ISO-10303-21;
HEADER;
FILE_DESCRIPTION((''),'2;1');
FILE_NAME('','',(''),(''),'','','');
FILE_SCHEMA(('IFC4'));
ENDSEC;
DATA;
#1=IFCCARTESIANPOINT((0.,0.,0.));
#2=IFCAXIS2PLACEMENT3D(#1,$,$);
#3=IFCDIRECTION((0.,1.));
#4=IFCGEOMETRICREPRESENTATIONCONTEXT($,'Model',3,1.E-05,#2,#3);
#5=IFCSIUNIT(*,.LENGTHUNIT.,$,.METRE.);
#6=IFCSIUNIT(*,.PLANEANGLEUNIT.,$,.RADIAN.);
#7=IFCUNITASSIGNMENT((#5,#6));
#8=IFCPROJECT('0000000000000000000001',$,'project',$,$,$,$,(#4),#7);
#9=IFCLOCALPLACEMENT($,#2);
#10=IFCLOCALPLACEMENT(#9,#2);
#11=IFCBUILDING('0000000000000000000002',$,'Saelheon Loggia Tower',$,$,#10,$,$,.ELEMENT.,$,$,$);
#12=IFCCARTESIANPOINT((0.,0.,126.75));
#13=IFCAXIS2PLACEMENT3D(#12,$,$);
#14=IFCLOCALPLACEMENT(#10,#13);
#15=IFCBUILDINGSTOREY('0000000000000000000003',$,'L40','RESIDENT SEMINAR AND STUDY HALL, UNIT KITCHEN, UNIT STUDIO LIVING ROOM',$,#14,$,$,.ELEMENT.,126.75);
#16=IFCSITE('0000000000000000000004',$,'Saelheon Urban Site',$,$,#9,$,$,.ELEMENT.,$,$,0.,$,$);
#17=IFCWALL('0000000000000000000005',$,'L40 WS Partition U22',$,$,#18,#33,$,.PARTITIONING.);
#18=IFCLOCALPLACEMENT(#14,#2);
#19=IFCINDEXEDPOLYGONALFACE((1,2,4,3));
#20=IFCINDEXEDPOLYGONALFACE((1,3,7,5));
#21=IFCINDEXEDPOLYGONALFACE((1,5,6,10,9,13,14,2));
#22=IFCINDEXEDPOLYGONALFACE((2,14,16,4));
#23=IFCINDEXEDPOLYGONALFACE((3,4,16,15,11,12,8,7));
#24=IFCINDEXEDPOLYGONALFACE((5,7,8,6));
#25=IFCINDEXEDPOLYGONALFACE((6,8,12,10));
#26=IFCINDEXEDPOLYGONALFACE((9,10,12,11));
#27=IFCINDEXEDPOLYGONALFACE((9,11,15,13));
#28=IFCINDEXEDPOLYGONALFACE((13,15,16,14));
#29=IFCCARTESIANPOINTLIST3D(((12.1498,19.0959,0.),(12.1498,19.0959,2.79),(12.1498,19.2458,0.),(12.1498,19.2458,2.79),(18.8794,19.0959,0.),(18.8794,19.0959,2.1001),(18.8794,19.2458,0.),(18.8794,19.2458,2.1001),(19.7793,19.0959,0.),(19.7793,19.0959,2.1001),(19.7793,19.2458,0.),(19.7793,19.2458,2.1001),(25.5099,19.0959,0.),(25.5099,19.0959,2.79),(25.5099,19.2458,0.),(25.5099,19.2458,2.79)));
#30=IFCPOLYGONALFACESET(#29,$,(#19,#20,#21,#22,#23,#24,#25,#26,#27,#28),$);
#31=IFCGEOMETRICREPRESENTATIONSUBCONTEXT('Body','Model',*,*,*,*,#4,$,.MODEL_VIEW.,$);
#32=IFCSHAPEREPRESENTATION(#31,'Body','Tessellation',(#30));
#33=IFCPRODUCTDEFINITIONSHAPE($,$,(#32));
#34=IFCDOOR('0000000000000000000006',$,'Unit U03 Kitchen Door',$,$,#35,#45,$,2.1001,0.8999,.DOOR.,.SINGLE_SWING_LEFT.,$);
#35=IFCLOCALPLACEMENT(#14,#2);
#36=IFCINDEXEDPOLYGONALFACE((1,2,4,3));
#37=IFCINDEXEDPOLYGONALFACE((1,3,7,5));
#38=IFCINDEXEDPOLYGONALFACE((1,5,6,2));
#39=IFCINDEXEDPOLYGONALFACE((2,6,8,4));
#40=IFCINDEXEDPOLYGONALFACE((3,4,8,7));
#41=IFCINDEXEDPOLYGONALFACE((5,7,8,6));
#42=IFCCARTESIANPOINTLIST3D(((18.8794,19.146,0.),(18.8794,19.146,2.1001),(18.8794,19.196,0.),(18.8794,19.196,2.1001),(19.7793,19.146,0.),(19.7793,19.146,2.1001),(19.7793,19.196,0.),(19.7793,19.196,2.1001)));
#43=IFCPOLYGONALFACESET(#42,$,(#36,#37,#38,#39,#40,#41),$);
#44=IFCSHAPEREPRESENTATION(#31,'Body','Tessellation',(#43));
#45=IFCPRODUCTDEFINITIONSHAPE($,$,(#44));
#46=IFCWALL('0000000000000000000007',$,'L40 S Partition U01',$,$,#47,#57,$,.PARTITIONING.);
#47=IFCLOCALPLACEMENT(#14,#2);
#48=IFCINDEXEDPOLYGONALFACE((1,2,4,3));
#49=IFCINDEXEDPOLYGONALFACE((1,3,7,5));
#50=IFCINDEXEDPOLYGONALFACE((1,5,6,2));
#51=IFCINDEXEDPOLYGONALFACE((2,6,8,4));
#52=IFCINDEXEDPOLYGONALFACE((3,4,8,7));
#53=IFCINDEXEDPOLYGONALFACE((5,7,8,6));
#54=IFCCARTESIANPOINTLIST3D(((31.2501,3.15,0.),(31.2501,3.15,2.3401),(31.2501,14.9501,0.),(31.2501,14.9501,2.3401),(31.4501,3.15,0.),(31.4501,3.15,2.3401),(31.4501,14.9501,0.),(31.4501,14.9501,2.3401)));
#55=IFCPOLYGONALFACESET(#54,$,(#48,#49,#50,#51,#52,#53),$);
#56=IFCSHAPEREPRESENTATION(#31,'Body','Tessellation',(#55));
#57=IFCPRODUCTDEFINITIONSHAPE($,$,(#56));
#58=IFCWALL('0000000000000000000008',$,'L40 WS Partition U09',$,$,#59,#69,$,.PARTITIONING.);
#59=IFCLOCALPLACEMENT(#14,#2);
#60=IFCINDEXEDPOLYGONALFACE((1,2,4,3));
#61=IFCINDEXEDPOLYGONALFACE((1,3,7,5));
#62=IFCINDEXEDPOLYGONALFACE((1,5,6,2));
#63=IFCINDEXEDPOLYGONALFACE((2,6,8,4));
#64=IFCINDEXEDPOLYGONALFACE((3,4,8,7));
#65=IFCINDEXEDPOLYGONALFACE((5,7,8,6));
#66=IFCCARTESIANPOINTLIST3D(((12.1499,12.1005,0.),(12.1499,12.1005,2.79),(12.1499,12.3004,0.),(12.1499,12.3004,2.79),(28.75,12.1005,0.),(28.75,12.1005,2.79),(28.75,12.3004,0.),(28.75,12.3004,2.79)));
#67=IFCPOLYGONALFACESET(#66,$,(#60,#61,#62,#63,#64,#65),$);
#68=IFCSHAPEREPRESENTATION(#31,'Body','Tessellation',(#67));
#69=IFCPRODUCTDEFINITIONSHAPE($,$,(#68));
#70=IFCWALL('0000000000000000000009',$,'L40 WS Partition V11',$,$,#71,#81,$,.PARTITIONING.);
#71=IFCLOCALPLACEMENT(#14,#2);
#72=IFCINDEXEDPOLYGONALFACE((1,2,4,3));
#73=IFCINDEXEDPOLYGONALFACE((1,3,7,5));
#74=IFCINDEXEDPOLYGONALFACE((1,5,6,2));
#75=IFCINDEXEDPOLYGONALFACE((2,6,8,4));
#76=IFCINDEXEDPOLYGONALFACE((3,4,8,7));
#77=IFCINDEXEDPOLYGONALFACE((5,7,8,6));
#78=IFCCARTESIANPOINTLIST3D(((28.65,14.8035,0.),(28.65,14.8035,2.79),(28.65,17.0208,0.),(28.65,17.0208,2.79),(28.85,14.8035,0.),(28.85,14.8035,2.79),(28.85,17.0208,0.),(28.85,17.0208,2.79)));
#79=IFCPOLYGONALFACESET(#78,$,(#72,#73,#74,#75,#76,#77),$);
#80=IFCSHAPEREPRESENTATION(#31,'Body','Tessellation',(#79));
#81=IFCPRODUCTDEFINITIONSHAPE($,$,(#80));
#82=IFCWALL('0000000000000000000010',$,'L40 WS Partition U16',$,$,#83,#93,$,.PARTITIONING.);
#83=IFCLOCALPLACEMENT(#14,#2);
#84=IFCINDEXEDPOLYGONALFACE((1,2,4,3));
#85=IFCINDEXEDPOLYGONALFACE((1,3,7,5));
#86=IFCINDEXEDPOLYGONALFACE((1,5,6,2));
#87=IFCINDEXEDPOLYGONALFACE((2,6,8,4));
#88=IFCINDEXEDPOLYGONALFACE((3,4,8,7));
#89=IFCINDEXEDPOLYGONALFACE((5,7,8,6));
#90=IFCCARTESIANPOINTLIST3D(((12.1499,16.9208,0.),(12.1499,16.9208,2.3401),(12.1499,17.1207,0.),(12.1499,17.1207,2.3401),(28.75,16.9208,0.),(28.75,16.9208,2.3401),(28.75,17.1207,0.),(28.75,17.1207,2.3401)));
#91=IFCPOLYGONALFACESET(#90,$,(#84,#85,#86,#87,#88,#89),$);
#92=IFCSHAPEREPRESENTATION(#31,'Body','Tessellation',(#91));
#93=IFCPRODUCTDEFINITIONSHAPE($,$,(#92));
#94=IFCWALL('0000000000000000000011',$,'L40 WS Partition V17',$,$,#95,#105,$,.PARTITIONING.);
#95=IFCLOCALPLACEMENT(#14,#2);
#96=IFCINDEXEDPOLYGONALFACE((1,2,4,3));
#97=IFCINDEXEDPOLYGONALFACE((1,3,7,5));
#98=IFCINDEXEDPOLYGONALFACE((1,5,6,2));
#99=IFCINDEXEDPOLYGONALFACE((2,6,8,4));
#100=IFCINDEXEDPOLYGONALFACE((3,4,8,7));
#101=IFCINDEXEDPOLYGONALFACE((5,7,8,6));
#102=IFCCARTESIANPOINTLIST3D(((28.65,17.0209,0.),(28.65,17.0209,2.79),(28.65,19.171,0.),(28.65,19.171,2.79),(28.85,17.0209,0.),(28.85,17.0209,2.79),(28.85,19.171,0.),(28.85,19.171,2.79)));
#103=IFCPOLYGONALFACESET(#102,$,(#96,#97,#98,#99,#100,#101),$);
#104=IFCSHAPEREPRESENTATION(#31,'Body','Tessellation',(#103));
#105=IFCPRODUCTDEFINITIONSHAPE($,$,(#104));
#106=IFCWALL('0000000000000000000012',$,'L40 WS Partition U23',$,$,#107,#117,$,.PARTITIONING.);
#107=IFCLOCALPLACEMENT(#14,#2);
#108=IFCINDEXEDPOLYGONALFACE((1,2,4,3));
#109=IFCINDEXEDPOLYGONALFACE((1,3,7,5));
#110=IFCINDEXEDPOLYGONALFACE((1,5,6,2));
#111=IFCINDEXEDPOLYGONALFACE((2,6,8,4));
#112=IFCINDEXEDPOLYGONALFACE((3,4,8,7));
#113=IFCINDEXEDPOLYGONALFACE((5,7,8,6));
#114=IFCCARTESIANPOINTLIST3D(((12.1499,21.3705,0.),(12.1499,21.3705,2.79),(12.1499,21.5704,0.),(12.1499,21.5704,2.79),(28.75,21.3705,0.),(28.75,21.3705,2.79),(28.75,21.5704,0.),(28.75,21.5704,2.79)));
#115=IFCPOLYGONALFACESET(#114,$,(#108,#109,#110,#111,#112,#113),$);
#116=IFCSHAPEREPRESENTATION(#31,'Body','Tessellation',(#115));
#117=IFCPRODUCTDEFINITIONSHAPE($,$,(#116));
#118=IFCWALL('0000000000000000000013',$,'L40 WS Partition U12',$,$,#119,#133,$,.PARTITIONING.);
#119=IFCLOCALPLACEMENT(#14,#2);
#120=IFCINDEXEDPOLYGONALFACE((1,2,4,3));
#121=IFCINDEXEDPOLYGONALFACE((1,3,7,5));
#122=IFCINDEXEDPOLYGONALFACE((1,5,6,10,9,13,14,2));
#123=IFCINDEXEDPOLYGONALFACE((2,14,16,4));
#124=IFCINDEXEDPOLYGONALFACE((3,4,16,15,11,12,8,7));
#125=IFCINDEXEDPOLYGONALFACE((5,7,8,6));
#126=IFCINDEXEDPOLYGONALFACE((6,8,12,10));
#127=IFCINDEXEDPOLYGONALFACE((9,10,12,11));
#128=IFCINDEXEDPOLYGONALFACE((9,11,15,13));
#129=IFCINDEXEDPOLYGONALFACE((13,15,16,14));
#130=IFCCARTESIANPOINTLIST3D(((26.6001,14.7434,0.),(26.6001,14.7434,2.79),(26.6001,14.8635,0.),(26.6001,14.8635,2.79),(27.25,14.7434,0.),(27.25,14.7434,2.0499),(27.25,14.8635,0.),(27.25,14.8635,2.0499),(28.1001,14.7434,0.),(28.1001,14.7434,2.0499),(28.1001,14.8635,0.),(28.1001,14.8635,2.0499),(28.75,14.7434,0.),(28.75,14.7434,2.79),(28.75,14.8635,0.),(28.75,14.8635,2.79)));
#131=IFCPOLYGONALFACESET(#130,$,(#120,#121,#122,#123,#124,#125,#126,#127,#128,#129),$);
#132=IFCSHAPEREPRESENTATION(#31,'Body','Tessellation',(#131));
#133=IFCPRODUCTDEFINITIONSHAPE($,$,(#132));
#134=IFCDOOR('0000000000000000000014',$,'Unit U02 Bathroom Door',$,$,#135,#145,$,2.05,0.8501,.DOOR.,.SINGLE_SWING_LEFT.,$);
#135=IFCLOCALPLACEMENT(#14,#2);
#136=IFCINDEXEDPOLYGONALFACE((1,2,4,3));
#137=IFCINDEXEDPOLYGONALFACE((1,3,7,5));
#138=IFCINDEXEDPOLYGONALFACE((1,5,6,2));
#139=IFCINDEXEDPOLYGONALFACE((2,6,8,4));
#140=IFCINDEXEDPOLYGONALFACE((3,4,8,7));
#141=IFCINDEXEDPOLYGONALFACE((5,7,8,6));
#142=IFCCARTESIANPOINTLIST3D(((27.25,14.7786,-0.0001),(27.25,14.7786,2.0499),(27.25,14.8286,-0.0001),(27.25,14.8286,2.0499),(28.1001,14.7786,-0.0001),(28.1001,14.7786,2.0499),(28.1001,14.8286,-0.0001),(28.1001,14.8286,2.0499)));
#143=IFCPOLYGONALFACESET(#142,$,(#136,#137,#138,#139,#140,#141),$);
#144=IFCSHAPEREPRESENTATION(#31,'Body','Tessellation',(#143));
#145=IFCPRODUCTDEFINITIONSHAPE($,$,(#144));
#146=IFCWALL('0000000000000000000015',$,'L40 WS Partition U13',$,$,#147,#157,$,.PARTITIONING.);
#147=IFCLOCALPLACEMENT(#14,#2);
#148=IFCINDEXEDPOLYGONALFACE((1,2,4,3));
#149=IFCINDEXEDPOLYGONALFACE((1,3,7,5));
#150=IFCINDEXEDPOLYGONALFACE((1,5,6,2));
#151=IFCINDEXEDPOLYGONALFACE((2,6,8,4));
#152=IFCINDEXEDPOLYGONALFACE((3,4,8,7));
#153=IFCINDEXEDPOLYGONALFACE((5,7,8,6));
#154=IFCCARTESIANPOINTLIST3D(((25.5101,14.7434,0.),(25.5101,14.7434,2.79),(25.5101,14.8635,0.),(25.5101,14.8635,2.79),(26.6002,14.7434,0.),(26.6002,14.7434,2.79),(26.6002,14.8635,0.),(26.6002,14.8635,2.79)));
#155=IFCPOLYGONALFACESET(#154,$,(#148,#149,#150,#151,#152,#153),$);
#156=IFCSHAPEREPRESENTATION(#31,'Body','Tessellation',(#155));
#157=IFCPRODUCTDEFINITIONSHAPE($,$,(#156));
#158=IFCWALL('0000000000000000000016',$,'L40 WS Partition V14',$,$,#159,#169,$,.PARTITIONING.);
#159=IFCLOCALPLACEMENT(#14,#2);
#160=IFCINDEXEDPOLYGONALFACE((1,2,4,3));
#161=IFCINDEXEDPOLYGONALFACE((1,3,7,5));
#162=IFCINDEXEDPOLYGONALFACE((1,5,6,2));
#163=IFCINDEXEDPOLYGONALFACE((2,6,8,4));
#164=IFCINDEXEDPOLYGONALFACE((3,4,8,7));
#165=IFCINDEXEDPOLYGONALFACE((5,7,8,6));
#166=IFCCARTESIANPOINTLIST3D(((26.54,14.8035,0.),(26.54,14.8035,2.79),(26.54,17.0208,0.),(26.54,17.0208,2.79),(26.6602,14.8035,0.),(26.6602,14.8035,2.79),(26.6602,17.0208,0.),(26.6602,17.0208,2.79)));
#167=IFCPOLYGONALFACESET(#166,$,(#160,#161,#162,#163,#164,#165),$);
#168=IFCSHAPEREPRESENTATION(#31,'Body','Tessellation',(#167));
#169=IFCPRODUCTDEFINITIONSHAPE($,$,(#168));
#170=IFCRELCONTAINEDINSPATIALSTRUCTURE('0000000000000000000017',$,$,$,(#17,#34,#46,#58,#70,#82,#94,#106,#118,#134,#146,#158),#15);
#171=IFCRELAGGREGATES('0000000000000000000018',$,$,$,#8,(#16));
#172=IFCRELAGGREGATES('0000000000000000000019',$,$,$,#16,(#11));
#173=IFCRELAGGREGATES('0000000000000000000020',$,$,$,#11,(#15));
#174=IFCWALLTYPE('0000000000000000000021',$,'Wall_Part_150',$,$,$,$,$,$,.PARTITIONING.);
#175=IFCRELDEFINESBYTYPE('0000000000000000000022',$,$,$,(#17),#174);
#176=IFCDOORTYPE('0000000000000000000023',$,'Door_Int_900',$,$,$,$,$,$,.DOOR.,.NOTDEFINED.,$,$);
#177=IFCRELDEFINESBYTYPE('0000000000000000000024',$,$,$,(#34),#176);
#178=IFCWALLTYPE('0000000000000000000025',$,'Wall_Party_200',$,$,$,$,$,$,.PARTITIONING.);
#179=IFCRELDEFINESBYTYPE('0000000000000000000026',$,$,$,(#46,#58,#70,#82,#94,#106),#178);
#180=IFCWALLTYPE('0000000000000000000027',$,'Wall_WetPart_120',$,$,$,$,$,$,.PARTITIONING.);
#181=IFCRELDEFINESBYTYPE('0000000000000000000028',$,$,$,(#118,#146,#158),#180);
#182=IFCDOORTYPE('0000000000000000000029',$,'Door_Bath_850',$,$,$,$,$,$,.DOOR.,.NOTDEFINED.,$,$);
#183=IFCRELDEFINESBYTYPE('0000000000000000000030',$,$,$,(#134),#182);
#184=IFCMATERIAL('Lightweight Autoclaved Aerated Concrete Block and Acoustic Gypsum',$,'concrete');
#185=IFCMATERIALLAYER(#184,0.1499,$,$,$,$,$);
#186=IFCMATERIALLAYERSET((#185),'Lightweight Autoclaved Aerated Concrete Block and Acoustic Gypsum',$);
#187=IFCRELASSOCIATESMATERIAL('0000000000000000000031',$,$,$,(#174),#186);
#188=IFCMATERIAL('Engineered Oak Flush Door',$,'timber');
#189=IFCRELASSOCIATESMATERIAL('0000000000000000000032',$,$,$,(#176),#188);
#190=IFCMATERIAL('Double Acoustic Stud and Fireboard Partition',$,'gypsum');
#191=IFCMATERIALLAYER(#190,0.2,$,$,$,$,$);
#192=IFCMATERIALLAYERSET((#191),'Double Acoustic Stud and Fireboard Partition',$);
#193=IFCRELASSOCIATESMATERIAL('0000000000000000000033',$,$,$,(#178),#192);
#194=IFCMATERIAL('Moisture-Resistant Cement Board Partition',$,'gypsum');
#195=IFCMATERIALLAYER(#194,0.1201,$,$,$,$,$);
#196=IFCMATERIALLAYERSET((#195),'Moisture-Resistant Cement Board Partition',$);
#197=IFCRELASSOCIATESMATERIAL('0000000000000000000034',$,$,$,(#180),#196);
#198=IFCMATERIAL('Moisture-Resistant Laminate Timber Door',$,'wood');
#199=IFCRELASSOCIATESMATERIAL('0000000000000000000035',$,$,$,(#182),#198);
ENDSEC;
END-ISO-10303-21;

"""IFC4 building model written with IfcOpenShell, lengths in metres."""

from ifc_helpers import new_model, si_unit, direction, frame, frame_2d, origin, place, context, subcontext, project, spatial, rectangle, extrude, source, transform, mapped, material, layer, layer_set, type_object, element, fill, save


model = new_model("IFC4")

# Units and contexts
model_context = context("Model", 3, precision=1e-05, world=origin(), true_north=direction((0.0, 1.0)))
body_context = subcontext(model_context, "Body", "Model", "MODEL_VIEW")
ifc_project = project(units=[si_unit("LENGTHUNIT", "METRE"), si_unit("PLANEANGLEUNIT", "RADIAN")], contexts=[model_context])

# Site, building, storey
site_placement = place(None, origin())
site = spatial("IfcSite", under=ifc_project, at=site_placement, Name="Saelheon Urban Site", CompositionType="ELEMENT", RefElevation=0.0)
building_placement = place(site_placement, origin())
building = spatial("IfcBuilding", under=site, at=building_placement, Name="Saelheon Loggia Tower", CompositionType="ELEMENT")
storey_placement = place(building_placement, frame((0.0, 0.0, 126.75)))
storey = spatial("IfcBuildingStorey", under=building, at=storey_placement, Name="L40", Description="RESIDENT SEMINAR AND STUDY HALL, UNIT KITCHEN, UNIT STUDIO LIVING ROOM", CompositionType="ELEMENT", Elevation=126.75)

# Wall, opening, door
ifc_material_1 = material(Name="Lightweight Autoclaved Aerated Concrete Block and Acoustic Gypsum", Category="concrete")
ifc_layer_1 = layer(ifc_material_1, 0.1499)
ifc_layer_set_1 = layer_set([ifc_layer_1], Name="Lightweight Autoclaved Aerated Concrete Block and Acoustic Gypsum")
wall_type_1 = type_object("IfcWallType", Name="Wall_Part_150", PredefinedType="PARTITIONING", material=ifc_layer_set_1)
ifc_material_2 = material(Name="Engineered Oak Flush Door", Category="timber")
door_type_1 = type_object("IfcDoorType", Name="Door_Int_900", OperationType="NOTDEFINED", PredefinedType="DOOR", material=ifc_material_2)
shared_shape_1 = source(origin(), body_context, "Body", "SweptSolid", [
    extrude(rectangle(XDim=0.8999, YDim=2.1001, at=frame_2d((0.45, 1.05))), frame((0.0, 0.0249, 0.0), z_axis=(0.0, -1.0, 0.0), x_axis=(1.0, 0.0, 0.0)), (0.0, 0.0, 1.0), 0.05),
])
wall_1_placement = place(storey_placement, frame((25.51, 19.1709, 0.0), z_axis=(0.0, 0.0, 1.0), x_axis=(-1.0, 0.0, 0.0)))
wall_1 = element("IfcWall", 1, at=wall_1_placement, inside=storey, type_object=wall_type_1, Name="L40 WS Partition U22", PredefinedType="PARTITIONING", context=body_context, shape_type="SweptSolid", body=[
    extrude(rectangle(XDim=13.3601, YDim=0.1499, at=frame_2d((6.6802, 0.0))), origin(), (0.0, 0.0, 1.0), 2.79),
])
opening_1_placement = place(wall_1_placement, frame((5.7307, 0.0, 0.0)))
opening_1 = element("IfcOpeningElement", 2, at=opening_1_placement, cuts=wall_1, PredefinedType="OPENING", context=body_context, shape_type="SweptSolid", body=[
    extrude(rectangle(XDim=0.8999, YDim=2.1001, at=frame_2d((0.45, 1.05))), frame((0.0, 0.0869, 0.0), z_axis=(0.0, -1.0, 0.0), x_axis=(1.0, 0.0, 0.0)), (0.0, 0.0, 1.0), 0.1738),
])
door_1_placement = place(opening_1_placement, origin())
door_1 = element("IfcDoor", 3, at=door_1_placement, inside=storey, type_object=door_type_1, Name="Unit U03 Kitchen Door", OperationType="SINGLE_SWING_LEFT", OverallHeight=2.1001, OverallWidth=0.8999, PredefinedType="DOOR", context=body_context, shape_type="MappedRepresentation", body=[
    mapped(shared_shape_1, transform((0.0, 0.0, 0.0), scale=1.0)),
])
fill(opening_1, door_1)

# Walls
ifc_material_3 = material(Name="Double Acoustic Stud and Fireboard Partition", Category="gypsum")
ifc_layer_2 = layer(ifc_material_3, 0.2)
ifc_layer_set_2 = layer_set([ifc_layer_2], Name="Double Acoustic Stud and Fireboard Partition")
wall_type_2 = type_object("IfcWallType", Name="Wall_Party_200", PredefinedType="PARTITIONING", material=ifc_layer_set_2)
wall_2_placement = place(storey_placement, frame((31.3501, 14.95, 0.0), z_axis=(0.0, 0.0, 1.0), x_axis=(0.0, -1.0, 0.0)))
element("IfcWall", 4, at=wall_2_placement, inside=storey, type_object=wall_type_2, Name="L40 S Partition U01", PredefinedType="PARTITIONING", context=body_context, shape_type="SweptSolid", body=[
    extrude(rectangle(XDim=11.8, YDim=0.2, at=frame_2d((5.8999, 0.0))), origin(), (0.0, 0.0, 1.0), 2.3401),
])
wall_3_placement = place(storey_placement, frame((28.75, 12.2004, 0.0), z_axis=(0.0, 0.0, 1.0), x_axis=(-1.0, 0.0, 0.0)))
element("IfcWall", 5, at=wall_3_placement, inside=storey, type_object=wall_type_2, Name="L40 WS Partition U09", PredefinedType="PARTITIONING", context=body_context, shape_type="SweptSolid", body=[
    extrude(rectangle(XDim=16.6001, YDim=0.2, at=frame_2d((8.3, 0.0))), origin(), (0.0, 0.0, 1.0), 2.79),
])

# Walls
wall_4_placement = place(storey_placement, frame((28.75, 14.8035, 0.0), z_axis=(0.0, 0.0, 1.0), x_axis=(0.0, 1.0, 0.0)))
element("IfcWall", 6, at=wall_4_placement, inside=storey, type_object=wall_type_2, Name="L40 WS Partition V11", PredefinedType="PARTITIONING", context=body_context, shape_type="SweptSolid", body=[
    extrude(rectangle(XDim=2.2173, YDim=0.2, at=frame_2d((1.1086, 0.0))), origin(), (0.0, 0.0, 1.0), 2.79),
])
wall_5_placement = place(storey_placement, frame((28.75, 17.0208, 0.0), z_axis=(0.0, 0.0, 1.0), x_axis=(-1.0, 0.0, 0.0)))
element("IfcWall", 7, at=wall_5_placement, inside=storey, type_object=wall_type_2, Name="L40 WS Partition U16", PredefinedType="PARTITIONING", context=body_context, shape_type="SweptSolid", body=[
    extrude(rectangle(XDim=16.6001, YDim=0.2, at=frame_2d((8.3, 0.0))), origin(), (0.0, 0.0, 1.0), 2.3401),
])
wall_6_placement = place(storey_placement, frame((28.75, 17.0208, 0.0), z_axis=(0.0, 0.0, 1.0), x_axis=(0.0, 1.0, 0.0)))
element("IfcWall", 8, at=wall_6_placement, inside=storey, type_object=wall_type_2, Name="L40 WS Partition V17", PredefinedType="PARTITIONING", context=body_context, shape_type="SweptSolid", body=[
    extrude(rectangle(XDim=2.1501, YDim=0.2, at=frame_2d((1.0752, 0.0))), origin(), (0.0, 0.0, 1.0), 2.79),
])

# Wall
wall_7_placement = place(storey_placement, frame((28.75, 21.4705, 0.0), z_axis=(0.0, 0.0, 1.0), x_axis=(-1.0, 0.0, 0.0)))
element("IfcWall", 9, at=wall_7_placement, inside=storey, type_object=wall_type_2, Name="L40 WS Partition U23", PredefinedType="PARTITIONING", context=body_context, shape_type="SweptSolid", body=[
    extrude(rectangle(XDim=16.6001, YDim=0.2, at=frame_2d((8.3, 0.0))), origin(), (0.0, 0.0, 1.0), 2.79),
])

# Wall, opening, door
ifc_material_4 = material(Name="Moisture-Resistant Cement Board Partition", Category="gypsum")
ifc_layer_3 = layer(ifc_material_4, 0.1201)
ifc_layer_set_3 = layer_set([ifc_layer_3], Name="Moisture-Resistant Cement Board Partition")
wall_type_3 = type_object("IfcWallType", Name="Wall_WetPart_120", PredefinedType="PARTITIONING", material=ifc_layer_set_3)
wall_8_placement = place(storey_placement, frame((28.75, 14.8035, 0.0), z_axis=(0.0, 0.0, 1.0), x_axis=(-1.0, 0.0, 0.0)))
wall_8 = element("IfcWall", 10, at=wall_8_placement, inside=storey, type_object=wall_type_3, Name="L40 WS Partition U12", PredefinedType="PARTITIONING", context=body_context, shape_type="SweptSolid", body=[
    extrude(rectangle(XDim=2.1499, YDim=0.1201, at=frame_2d((1.075, 0.0))), origin(), (0.0, 0.0, 1.0), 2.79),
])
opening_2_placement = place(wall_8_placement, frame((0.6499, 0.0, 0.0)))
opening_2 = element("IfcOpeningElement", 11, at=opening_2_placement, cuts=wall_8, PredefinedType="OPENING", context=body_context, shape_type="SweptSolid", body=[
    extrude(rectangle(XDim=0.8501, YDim=2.05, at=frame_2d((0.425, 1.0249))), frame((0.0, 0.072, 0.0), z_axis=(0.0, -1.0, 0.0), x_axis=(1.0, 0.0, 0.0)), (0.0, 0.0, 1.0), 0.144),
])
ifc_material_5 = material(Name="Moisture-Resistant Laminate Timber Door", Category="wood")
door_type_2 = type_object("IfcDoorType", Name="Door_Bath_850", OperationType="NOTDEFINED", PredefinedType="DOOR", material=ifc_material_5)
shared_shape_2 = source(origin(), body_context, "Body", "SweptSolid", [
    extrude(rectangle(XDim=0.8501, YDim=2.05, at=frame_2d((0.425, 1.0249))), frame((0.0, 0.0249, 0.0), z_axis=(0.0, -1.0, 0.0), x_axis=(1.0, 0.0, 0.0)), (0.0, 0.0, 1.0), 0.05),
])
door_2_placement = place(opening_2_placement, origin())
door_2 = element("IfcDoor", 12, at=door_2_placement, inside=storey, type_object=door_type_2, Name="Unit U02 Bathroom Door", OperationType="SINGLE_SWING_LEFT", OverallHeight=2.05, OverallWidth=0.8501, PredefinedType="DOOR", context=body_context, shape_type="MappedRepresentation", body=[
    mapped(shared_shape_2, transform((0.0, 0.0, 0.0), scale=1.0)),
])
fill(opening_2, door_2)

# Walls
wall_9_placement = place(storey_placement, frame((26.6001, 14.8035, 0.0), z_axis=(0.0, 0.0, 1.0), x_axis=(-1.0, 0.0, 0.0)))
element("IfcWall", 13, at=wall_9_placement, inside=storey, type_object=wall_type_3, Name="L40 WS Partition U13", PredefinedType="PARTITIONING", context=body_context, shape_type="SweptSolid", body=[
    extrude(rectangle(XDim=1.0901, YDim=0.1201, at=frame_2d((0.5449, 0.0))), origin(), (0.0, 0.0, 1.0), 2.79),
])
wall_10_placement = place(storey_placement, frame((26.6001, 14.8035, 0.0), z_axis=(0.0, 0.0, 1.0), x_axis=(0.0, 1.0, 0.0)))
element("IfcWall", 14, at=wall_10_placement, inside=storey, type_object=wall_type_3, Name="L40 WS Partition V14", PredefinedType="PARTITIONING", context=body_context, shape_type="SweptSolid", body=[
    extrude(rectangle(XDim=2.2173, YDim=0.1201, at=frame_2d((1.1086, 0.0))), origin(), (0.0, 0.0, 1.0), 2.79),
])

save(model, "model.ifc")
